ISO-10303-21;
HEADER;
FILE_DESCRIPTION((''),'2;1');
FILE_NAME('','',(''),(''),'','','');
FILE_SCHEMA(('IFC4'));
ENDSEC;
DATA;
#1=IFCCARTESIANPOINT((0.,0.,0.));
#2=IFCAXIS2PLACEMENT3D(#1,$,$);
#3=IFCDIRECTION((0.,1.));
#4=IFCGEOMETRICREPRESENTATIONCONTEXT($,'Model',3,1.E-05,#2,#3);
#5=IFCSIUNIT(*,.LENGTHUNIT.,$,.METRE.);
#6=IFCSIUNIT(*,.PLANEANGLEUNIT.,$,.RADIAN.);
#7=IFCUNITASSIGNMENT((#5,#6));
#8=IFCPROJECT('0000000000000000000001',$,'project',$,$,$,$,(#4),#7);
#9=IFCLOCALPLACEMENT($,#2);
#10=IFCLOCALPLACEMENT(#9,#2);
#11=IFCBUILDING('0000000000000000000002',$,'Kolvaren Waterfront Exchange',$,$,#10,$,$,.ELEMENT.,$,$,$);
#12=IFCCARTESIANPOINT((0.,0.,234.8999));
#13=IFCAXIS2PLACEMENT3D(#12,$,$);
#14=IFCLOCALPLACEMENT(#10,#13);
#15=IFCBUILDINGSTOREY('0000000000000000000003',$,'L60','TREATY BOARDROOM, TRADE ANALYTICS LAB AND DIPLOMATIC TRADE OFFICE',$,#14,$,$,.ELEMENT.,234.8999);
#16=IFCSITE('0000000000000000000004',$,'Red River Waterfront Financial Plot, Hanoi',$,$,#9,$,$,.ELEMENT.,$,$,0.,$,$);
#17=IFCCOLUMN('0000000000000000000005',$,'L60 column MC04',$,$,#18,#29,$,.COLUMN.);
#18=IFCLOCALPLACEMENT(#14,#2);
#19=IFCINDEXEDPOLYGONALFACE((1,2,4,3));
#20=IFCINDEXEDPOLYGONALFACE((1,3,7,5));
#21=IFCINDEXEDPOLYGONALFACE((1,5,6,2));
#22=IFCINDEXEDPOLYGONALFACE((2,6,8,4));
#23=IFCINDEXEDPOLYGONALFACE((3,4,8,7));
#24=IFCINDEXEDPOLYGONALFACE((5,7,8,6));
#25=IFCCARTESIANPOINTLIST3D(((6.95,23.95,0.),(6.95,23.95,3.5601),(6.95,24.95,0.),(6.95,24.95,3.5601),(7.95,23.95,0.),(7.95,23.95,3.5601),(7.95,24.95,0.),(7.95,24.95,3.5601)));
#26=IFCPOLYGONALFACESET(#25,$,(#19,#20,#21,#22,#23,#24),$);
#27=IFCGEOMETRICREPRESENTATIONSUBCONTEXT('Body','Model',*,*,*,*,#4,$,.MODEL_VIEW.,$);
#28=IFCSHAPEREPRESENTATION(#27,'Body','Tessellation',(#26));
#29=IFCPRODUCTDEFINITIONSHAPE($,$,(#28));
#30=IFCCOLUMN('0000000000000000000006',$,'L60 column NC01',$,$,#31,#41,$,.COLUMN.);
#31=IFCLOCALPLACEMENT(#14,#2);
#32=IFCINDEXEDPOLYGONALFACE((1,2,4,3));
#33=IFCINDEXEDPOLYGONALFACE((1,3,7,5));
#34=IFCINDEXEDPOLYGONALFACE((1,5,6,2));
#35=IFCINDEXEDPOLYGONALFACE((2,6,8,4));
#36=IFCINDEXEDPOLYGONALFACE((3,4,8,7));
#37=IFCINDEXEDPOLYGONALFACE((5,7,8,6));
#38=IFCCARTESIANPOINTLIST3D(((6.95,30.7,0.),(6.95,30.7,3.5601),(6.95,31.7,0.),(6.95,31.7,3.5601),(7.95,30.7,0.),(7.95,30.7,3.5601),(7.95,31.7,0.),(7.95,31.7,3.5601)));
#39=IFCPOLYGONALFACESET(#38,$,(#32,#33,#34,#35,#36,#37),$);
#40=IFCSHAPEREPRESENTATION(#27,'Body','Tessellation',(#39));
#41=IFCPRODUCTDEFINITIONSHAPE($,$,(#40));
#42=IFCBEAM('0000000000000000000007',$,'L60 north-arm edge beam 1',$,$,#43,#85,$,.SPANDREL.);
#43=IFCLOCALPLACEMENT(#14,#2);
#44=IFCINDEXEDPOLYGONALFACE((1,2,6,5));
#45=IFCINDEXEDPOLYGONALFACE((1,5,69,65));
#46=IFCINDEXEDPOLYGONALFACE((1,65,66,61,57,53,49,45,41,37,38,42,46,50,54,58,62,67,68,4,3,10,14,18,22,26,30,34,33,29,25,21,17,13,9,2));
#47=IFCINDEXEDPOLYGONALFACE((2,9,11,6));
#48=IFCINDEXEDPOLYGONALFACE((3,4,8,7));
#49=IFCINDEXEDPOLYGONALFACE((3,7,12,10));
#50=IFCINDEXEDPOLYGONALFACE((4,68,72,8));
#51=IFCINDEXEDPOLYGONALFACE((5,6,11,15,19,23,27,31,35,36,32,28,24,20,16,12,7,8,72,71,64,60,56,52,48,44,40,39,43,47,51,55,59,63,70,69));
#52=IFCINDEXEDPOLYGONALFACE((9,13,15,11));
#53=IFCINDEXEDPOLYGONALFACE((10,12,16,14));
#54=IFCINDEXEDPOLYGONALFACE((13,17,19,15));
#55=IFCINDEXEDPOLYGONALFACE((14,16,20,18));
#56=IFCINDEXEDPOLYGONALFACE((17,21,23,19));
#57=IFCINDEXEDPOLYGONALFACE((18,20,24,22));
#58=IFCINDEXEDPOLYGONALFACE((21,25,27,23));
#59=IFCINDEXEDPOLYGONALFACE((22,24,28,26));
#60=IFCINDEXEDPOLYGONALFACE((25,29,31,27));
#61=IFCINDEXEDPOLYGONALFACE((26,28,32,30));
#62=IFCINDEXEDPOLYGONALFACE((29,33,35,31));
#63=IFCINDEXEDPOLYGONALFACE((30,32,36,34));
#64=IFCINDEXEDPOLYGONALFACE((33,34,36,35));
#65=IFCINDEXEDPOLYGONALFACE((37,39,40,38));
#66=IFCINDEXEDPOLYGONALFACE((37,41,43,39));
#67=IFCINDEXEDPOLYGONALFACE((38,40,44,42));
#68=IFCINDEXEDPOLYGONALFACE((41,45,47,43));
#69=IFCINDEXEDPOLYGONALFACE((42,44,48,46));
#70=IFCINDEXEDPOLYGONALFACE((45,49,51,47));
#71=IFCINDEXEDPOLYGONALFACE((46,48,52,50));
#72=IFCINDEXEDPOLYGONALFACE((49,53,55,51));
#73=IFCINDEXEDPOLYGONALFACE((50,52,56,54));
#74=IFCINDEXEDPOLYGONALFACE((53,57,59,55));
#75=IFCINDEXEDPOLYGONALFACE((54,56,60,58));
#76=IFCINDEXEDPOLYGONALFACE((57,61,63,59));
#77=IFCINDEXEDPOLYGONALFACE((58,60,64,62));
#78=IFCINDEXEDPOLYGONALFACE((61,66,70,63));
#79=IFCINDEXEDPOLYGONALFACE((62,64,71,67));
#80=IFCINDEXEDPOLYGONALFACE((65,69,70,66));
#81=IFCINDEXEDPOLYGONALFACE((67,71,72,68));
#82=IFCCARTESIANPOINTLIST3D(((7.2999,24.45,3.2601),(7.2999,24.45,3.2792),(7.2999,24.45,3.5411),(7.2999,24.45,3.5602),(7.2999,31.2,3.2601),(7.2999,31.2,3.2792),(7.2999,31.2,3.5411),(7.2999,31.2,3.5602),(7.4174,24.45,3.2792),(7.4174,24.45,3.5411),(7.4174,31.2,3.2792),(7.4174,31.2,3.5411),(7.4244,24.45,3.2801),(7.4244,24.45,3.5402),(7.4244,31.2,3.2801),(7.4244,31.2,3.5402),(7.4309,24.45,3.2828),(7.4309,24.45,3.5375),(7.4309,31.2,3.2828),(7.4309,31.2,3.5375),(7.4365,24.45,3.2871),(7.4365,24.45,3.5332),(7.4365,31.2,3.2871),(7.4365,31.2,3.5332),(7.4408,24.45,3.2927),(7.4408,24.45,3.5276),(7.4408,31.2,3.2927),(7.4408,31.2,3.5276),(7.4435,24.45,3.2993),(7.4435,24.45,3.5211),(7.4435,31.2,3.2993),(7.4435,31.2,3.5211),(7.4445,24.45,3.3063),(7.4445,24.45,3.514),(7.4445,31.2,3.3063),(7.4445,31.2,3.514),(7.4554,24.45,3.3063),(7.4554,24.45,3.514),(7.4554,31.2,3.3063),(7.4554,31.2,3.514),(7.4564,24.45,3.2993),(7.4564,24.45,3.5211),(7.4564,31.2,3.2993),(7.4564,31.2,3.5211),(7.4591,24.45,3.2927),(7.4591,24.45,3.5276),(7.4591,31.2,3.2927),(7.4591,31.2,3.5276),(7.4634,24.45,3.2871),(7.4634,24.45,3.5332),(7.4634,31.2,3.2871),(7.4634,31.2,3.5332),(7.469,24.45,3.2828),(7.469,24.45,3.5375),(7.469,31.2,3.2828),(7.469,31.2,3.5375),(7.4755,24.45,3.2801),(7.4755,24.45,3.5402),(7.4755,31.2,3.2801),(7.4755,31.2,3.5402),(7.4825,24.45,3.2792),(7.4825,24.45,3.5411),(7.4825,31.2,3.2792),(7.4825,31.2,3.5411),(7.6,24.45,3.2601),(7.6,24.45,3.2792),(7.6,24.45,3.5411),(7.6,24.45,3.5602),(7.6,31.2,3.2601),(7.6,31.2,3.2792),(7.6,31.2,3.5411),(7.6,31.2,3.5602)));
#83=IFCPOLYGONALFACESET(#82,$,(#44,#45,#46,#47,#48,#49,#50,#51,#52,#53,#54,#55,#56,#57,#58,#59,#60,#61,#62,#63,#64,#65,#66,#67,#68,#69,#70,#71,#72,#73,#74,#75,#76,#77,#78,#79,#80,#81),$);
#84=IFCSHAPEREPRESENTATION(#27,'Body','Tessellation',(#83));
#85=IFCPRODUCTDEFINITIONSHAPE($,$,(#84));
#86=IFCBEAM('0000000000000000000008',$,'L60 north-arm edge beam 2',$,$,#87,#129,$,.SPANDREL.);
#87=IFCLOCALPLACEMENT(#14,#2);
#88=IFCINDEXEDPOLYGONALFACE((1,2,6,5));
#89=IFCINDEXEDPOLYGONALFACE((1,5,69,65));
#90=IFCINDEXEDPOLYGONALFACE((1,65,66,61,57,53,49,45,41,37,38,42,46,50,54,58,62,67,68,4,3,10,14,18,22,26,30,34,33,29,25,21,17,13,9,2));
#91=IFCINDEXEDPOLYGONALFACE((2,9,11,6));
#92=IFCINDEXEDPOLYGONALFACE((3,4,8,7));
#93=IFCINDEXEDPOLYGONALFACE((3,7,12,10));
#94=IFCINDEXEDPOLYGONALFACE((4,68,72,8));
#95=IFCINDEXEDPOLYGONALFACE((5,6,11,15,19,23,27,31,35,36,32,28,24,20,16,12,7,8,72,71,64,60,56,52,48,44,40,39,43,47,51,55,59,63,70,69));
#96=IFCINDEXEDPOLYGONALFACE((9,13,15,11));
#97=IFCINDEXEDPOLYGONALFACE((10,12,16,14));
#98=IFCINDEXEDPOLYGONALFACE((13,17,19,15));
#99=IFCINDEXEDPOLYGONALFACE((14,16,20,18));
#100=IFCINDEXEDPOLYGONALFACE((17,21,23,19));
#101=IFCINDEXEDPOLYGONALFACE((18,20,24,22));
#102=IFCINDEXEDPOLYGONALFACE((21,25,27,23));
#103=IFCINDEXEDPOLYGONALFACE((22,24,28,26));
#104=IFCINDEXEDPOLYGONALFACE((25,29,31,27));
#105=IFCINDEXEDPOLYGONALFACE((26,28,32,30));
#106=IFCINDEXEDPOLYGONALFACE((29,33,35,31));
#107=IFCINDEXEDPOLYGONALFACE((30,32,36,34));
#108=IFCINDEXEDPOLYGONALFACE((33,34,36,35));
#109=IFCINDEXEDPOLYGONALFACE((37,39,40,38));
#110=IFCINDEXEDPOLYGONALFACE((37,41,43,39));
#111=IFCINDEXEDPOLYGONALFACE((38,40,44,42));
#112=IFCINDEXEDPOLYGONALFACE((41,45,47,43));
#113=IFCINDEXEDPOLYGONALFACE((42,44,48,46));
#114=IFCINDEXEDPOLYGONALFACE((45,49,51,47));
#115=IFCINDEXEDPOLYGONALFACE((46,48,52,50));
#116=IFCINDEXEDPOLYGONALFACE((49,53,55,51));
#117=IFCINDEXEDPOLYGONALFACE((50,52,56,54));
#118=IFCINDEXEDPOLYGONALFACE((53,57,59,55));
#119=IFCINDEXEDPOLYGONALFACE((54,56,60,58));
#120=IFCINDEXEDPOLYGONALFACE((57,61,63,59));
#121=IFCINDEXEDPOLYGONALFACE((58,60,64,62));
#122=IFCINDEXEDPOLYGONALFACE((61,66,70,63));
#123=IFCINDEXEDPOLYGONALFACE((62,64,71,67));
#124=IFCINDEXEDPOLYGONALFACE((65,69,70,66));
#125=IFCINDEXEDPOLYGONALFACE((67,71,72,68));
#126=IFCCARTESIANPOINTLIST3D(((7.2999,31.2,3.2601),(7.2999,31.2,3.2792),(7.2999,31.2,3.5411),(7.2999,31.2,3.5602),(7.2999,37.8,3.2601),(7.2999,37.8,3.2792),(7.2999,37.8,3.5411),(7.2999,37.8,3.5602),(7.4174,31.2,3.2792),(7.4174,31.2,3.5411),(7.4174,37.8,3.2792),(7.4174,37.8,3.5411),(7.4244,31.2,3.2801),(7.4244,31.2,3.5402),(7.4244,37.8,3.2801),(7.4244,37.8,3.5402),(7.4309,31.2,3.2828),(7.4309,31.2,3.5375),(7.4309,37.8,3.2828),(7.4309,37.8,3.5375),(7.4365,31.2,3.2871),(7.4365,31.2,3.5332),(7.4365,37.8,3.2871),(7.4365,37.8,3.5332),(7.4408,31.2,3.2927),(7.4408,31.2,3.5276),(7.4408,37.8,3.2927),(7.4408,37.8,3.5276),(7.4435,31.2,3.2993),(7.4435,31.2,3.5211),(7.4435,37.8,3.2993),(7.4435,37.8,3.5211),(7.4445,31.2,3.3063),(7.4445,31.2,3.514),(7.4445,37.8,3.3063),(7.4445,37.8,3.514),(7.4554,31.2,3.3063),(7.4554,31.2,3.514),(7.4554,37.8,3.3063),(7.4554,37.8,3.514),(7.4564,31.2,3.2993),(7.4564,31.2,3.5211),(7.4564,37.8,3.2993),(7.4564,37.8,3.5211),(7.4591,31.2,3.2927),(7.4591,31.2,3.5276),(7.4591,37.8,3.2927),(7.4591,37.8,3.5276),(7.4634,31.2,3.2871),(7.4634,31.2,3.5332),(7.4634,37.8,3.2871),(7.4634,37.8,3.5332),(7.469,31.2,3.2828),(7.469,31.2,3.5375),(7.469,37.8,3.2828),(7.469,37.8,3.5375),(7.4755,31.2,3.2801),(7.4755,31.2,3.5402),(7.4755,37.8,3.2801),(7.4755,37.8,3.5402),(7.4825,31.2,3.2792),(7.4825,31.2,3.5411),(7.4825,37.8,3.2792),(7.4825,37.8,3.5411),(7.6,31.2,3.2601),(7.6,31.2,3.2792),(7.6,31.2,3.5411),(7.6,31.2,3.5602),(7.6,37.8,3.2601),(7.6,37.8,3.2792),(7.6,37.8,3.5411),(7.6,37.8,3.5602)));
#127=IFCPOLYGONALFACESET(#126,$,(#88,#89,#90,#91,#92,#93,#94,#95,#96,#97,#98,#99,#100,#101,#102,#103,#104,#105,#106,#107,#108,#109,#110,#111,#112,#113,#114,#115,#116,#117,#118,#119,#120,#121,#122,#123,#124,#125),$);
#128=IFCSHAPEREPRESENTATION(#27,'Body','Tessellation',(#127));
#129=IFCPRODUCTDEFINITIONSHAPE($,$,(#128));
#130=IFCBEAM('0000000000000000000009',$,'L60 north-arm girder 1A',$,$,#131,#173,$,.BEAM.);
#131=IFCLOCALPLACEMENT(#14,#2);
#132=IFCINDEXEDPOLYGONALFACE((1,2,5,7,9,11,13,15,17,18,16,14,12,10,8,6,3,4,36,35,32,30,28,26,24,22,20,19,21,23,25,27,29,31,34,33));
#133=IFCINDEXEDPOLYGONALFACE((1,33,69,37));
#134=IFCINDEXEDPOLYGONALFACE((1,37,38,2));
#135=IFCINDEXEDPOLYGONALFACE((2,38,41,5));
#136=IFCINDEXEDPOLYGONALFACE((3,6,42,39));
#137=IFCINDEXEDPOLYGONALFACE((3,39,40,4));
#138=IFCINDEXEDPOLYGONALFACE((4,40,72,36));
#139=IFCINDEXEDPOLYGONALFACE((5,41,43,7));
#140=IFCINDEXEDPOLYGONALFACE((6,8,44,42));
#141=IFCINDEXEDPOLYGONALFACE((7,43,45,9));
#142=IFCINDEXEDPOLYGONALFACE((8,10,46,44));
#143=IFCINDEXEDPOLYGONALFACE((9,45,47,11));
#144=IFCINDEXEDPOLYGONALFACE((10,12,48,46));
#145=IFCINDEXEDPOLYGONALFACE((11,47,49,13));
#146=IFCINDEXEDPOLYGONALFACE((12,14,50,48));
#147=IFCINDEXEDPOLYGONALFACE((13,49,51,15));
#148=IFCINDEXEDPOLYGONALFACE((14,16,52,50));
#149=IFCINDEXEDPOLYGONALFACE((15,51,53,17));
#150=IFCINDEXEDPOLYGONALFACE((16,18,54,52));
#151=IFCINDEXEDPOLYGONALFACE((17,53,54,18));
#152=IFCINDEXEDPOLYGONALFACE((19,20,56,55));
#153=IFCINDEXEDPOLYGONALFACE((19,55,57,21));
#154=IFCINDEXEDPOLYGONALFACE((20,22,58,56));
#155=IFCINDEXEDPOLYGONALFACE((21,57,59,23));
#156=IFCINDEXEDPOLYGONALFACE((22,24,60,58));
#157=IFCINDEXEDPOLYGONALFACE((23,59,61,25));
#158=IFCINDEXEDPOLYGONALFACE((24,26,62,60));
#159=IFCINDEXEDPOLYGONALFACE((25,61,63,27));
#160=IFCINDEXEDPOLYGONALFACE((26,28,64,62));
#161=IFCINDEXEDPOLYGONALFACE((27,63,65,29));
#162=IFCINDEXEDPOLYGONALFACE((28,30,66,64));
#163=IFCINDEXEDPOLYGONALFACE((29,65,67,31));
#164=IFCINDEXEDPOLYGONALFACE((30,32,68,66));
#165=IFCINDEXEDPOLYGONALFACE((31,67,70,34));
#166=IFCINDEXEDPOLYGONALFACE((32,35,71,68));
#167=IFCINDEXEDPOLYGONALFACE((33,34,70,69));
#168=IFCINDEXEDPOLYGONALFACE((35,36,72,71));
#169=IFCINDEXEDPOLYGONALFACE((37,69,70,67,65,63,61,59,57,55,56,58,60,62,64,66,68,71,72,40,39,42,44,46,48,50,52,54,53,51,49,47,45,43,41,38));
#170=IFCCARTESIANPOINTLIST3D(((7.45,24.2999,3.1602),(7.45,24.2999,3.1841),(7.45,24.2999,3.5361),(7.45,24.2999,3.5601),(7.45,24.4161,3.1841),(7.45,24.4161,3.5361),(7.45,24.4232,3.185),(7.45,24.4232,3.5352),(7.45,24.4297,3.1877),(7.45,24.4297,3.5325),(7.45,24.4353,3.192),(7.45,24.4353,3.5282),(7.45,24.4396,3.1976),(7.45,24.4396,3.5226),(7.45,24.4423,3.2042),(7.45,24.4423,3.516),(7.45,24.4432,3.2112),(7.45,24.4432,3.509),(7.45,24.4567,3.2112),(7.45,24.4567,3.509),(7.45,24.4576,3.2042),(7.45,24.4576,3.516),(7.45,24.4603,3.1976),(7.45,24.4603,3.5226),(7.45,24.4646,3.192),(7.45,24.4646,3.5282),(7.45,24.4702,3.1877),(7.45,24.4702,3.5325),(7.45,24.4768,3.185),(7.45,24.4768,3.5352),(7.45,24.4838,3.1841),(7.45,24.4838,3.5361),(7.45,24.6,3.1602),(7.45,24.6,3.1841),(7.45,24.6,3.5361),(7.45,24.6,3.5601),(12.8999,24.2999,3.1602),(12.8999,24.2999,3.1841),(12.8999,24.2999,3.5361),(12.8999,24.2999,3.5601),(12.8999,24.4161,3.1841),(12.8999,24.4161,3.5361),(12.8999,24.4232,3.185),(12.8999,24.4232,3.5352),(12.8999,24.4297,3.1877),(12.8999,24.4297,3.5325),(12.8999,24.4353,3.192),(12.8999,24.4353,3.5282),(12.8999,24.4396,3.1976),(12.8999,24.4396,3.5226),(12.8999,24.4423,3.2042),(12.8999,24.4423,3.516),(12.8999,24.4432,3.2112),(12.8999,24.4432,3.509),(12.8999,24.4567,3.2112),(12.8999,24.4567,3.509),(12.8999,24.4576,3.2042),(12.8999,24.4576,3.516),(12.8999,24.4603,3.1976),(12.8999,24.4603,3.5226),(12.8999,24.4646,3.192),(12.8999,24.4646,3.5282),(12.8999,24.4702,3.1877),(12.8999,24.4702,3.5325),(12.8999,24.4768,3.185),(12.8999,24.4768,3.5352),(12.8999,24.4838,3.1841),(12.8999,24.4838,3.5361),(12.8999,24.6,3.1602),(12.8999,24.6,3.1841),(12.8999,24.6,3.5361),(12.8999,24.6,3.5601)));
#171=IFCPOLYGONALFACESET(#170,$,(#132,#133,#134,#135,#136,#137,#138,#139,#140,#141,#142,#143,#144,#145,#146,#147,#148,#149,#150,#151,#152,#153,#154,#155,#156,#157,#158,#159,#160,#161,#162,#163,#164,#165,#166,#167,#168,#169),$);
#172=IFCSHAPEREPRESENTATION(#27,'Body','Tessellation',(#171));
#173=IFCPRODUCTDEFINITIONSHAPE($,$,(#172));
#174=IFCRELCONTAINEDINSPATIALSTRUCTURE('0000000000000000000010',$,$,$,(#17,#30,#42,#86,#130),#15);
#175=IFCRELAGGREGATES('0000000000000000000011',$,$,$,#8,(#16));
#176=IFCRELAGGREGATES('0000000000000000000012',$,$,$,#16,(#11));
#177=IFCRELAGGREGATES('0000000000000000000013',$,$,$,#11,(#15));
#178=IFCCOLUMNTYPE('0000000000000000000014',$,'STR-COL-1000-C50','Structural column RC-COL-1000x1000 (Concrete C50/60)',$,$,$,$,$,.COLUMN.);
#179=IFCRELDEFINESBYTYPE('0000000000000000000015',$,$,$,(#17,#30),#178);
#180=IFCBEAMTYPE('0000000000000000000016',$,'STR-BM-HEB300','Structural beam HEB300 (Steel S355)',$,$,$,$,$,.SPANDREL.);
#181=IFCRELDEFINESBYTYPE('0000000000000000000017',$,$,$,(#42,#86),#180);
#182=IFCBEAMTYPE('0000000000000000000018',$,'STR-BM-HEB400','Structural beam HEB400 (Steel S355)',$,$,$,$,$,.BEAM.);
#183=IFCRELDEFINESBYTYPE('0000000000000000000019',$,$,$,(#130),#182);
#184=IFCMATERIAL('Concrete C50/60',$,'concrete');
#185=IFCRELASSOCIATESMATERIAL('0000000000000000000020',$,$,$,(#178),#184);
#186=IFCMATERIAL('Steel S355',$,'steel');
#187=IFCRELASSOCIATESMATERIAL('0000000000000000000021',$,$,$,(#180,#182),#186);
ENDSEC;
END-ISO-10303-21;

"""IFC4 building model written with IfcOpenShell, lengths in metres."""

from ifc_helpers import new_model, si_unit, direction, frame, origin, origin_2d, place, context, subcontext, project, spatial, rectangle, i_section, extrude, material, material_profile, profile_set, type_object, element, save


model = new_model("IFC4")

# Units and contexts
model_context = context("Model", 3, precision=1e-05, world=origin(), true_north=direction((0.0, 1.0)))
body_context = subcontext(model_context, "Body", "Model", "MODEL_VIEW")
ifc_project = project(units=[si_unit("LENGTHUNIT", "METRE"), si_unit("PLANEANGLEUNIT", "RADIAN")], contexts=[model_context])

# Site, building, storey
site_placement = place(None, origin())
site = spatial("IfcSite", under=ifc_project, at=site_placement, Name="Red River Waterfront Financial Plot, Hanoi", CompositionType="ELEMENT", RefElevation=0.0)
building_placement = place(site_placement, origin())
building = spatial("IfcBuilding", under=site, at=building_placement, Name="Kolvaren Waterfront Exchange", CompositionType="ELEMENT")
storey_placement = place(building_placement, frame((0.0, 0.0, 234.8999)))
storey = spatial("IfcBuildingStorey", under=building, at=storey_placement, Name="L60", Description="TREATY BOARDROOM, TRADE ANALYTICS LAB AND DIPLOMATIC TRADE OFFICE", CompositionType="ELEMENT", Elevation=234.8999)

# Columns
ifc_material_1 = material(Name="Concrete C50/60", Category="concrete")
ifc_material_profile_1 = material_profile(ifc_material_1, rectangle(XDim=1.0, YDim=1.0, at=origin_2d()), Name="RC-COL-1000x1000")
ifc_profile_set_1 = profile_set([ifc_material_profile_1], Name="Concrete C50/60")
column_type = type_object("IfcColumnType", Name="STR-COL-1000-C50", Description="Structural column RC-COL-1000x1000 (Concrete C50/60)", PredefinedType="COLUMN", material=ifc_profile_set_1)
for number, where, z_axis, x_axis, name in (
    (1, (7.45, 24.45, 0.0), (0.0, 0.0, 1.0), (1.0, 0.0, 0.0), "L60 column MC04"),
    (2, (7.45, 31.2, 0.0), (0.0, 0.0, 1.0), (1.0, 0.0, 0.0), "L60 column NC01"),
):
    element("IfcColumn", number, at=place(storey_placement, frame(where, z_axis=z_axis, x_axis=x_axis)), inside=storey, type_object=column_type, Name=name, PredefinedType="COLUMN", context=body_context, shape_type="SweptSolid", body=[
        extrude(rectangle(XDim=1.0, YDim=1.0, at=origin_2d()), origin(), (0.0, 0.0, 1.0), 3.5601),
    ])

# Beams
ifc_material_2 = material(Name="Steel S355", Category="steel")
ifc_material_profile_2 = material_profile(ifc_material_2, i_section(OverallWidth=0.3, OverallDepth=0.3, WebThickness=0.011, FlangeThickness=0.019, FilletRadius=0.0271, at=origin_2d()), Name="HEB300")
ifc_profile_set_2 = profile_set([ifc_material_profile_2], Name="Steel S355")
beam_type_1 = type_object("IfcBeamType", Name="STR-BM-HEB300", Description="Structural beam HEB300 (Steel S355)", PredefinedType="SPANDREL", material=ifc_profile_set_2)
beam_1_placement = place(storey_placement, frame((7.45, 24.45, 3.4102), z_axis=(0.0, 1.0, 0.0), x_axis=(-1.0, 0.0, 0.0)))
element("IfcBeam", 3, at=beam_1_placement, inside=storey, type_object=beam_type_1, Name="L60 north-arm edge beam 1", PredefinedType="SPANDREL", context=body_context, shape_type="SweptSolid", body=[
    extrude(i_section(OverallWidth=0.3, OverallDepth=0.3, WebThickness=0.011, FlangeThickness=0.019, FilletRadius=0.0271, at=origin_2d()), origin(), (0.0, 0.0, 1.0), 6.75),
])
beam_2_placement = place(storey_placement, frame((7.45, 31.2, 3.4102), z_axis=(0.0, 1.0, 0.0), x_axis=(-1.0, 0.0, 0.0)))
element("IfcBeam", 4, at=beam_2_placement, inside=storey, type_object=beam_type_1, Name="L60 north-arm edge beam 2", PredefinedType="SPANDREL", context=body_context, shape_type="SweptSolid", body=[
    extrude(i_section(OverallWidth=0.3, OverallDepth=0.3, WebThickness=0.011, FlangeThickness=0.019, FilletRadius=0.0271, at=origin_2d()), origin(), (0.0, 0.0, 1.0), 6.6001),
])
ifc_material_profile_3 = material_profile(ifc_material_2, i_section(OverallWidth=0.3, OverallDepth=0.3999, WebThickness=0.0134, FlangeThickness=0.0239, FilletRadius=0.0271, at=origin_2d()), Name="HEB400")
ifc_profile_set_3 = profile_set([ifc_material_profile_3], Name="Steel S355")
beam_type_2 = type_object("IfcBeamType", Name="STR-BM-HEB400", Description="Structural beam HEB400 (Steel S355)", PredefinedType="BEAM", material=ifc_profile_set_3)
for number, where, z_axis, x_axis, name in (
    (5, (7.45, 24.45, 3.3601), (1.0, 0.0, 0.0), (0.0, 1.0, 0.0), "L60 north-arm girder 1A"),
):
    element("IfcBeam", number, at=place(storey_placement, frame(where, z_axis=z_axis, x_axis=x_axis)), inside=storey, type_object=beam_type_2, Name=name, PredefinedType="BEAM", context=body_context, shape_type="SweptSolid", body=[
        extrude(i_section(OverallWidth=0.3, OverallDepth=0.3999, WebThickness=0.0134, FlangeThickness=0.0239, FilletRadius=0.0271, at=origin_2d()), origin(), (0.0, 0.0, 1.0), 5.45),
    ])

save(model, "model.ifc")
